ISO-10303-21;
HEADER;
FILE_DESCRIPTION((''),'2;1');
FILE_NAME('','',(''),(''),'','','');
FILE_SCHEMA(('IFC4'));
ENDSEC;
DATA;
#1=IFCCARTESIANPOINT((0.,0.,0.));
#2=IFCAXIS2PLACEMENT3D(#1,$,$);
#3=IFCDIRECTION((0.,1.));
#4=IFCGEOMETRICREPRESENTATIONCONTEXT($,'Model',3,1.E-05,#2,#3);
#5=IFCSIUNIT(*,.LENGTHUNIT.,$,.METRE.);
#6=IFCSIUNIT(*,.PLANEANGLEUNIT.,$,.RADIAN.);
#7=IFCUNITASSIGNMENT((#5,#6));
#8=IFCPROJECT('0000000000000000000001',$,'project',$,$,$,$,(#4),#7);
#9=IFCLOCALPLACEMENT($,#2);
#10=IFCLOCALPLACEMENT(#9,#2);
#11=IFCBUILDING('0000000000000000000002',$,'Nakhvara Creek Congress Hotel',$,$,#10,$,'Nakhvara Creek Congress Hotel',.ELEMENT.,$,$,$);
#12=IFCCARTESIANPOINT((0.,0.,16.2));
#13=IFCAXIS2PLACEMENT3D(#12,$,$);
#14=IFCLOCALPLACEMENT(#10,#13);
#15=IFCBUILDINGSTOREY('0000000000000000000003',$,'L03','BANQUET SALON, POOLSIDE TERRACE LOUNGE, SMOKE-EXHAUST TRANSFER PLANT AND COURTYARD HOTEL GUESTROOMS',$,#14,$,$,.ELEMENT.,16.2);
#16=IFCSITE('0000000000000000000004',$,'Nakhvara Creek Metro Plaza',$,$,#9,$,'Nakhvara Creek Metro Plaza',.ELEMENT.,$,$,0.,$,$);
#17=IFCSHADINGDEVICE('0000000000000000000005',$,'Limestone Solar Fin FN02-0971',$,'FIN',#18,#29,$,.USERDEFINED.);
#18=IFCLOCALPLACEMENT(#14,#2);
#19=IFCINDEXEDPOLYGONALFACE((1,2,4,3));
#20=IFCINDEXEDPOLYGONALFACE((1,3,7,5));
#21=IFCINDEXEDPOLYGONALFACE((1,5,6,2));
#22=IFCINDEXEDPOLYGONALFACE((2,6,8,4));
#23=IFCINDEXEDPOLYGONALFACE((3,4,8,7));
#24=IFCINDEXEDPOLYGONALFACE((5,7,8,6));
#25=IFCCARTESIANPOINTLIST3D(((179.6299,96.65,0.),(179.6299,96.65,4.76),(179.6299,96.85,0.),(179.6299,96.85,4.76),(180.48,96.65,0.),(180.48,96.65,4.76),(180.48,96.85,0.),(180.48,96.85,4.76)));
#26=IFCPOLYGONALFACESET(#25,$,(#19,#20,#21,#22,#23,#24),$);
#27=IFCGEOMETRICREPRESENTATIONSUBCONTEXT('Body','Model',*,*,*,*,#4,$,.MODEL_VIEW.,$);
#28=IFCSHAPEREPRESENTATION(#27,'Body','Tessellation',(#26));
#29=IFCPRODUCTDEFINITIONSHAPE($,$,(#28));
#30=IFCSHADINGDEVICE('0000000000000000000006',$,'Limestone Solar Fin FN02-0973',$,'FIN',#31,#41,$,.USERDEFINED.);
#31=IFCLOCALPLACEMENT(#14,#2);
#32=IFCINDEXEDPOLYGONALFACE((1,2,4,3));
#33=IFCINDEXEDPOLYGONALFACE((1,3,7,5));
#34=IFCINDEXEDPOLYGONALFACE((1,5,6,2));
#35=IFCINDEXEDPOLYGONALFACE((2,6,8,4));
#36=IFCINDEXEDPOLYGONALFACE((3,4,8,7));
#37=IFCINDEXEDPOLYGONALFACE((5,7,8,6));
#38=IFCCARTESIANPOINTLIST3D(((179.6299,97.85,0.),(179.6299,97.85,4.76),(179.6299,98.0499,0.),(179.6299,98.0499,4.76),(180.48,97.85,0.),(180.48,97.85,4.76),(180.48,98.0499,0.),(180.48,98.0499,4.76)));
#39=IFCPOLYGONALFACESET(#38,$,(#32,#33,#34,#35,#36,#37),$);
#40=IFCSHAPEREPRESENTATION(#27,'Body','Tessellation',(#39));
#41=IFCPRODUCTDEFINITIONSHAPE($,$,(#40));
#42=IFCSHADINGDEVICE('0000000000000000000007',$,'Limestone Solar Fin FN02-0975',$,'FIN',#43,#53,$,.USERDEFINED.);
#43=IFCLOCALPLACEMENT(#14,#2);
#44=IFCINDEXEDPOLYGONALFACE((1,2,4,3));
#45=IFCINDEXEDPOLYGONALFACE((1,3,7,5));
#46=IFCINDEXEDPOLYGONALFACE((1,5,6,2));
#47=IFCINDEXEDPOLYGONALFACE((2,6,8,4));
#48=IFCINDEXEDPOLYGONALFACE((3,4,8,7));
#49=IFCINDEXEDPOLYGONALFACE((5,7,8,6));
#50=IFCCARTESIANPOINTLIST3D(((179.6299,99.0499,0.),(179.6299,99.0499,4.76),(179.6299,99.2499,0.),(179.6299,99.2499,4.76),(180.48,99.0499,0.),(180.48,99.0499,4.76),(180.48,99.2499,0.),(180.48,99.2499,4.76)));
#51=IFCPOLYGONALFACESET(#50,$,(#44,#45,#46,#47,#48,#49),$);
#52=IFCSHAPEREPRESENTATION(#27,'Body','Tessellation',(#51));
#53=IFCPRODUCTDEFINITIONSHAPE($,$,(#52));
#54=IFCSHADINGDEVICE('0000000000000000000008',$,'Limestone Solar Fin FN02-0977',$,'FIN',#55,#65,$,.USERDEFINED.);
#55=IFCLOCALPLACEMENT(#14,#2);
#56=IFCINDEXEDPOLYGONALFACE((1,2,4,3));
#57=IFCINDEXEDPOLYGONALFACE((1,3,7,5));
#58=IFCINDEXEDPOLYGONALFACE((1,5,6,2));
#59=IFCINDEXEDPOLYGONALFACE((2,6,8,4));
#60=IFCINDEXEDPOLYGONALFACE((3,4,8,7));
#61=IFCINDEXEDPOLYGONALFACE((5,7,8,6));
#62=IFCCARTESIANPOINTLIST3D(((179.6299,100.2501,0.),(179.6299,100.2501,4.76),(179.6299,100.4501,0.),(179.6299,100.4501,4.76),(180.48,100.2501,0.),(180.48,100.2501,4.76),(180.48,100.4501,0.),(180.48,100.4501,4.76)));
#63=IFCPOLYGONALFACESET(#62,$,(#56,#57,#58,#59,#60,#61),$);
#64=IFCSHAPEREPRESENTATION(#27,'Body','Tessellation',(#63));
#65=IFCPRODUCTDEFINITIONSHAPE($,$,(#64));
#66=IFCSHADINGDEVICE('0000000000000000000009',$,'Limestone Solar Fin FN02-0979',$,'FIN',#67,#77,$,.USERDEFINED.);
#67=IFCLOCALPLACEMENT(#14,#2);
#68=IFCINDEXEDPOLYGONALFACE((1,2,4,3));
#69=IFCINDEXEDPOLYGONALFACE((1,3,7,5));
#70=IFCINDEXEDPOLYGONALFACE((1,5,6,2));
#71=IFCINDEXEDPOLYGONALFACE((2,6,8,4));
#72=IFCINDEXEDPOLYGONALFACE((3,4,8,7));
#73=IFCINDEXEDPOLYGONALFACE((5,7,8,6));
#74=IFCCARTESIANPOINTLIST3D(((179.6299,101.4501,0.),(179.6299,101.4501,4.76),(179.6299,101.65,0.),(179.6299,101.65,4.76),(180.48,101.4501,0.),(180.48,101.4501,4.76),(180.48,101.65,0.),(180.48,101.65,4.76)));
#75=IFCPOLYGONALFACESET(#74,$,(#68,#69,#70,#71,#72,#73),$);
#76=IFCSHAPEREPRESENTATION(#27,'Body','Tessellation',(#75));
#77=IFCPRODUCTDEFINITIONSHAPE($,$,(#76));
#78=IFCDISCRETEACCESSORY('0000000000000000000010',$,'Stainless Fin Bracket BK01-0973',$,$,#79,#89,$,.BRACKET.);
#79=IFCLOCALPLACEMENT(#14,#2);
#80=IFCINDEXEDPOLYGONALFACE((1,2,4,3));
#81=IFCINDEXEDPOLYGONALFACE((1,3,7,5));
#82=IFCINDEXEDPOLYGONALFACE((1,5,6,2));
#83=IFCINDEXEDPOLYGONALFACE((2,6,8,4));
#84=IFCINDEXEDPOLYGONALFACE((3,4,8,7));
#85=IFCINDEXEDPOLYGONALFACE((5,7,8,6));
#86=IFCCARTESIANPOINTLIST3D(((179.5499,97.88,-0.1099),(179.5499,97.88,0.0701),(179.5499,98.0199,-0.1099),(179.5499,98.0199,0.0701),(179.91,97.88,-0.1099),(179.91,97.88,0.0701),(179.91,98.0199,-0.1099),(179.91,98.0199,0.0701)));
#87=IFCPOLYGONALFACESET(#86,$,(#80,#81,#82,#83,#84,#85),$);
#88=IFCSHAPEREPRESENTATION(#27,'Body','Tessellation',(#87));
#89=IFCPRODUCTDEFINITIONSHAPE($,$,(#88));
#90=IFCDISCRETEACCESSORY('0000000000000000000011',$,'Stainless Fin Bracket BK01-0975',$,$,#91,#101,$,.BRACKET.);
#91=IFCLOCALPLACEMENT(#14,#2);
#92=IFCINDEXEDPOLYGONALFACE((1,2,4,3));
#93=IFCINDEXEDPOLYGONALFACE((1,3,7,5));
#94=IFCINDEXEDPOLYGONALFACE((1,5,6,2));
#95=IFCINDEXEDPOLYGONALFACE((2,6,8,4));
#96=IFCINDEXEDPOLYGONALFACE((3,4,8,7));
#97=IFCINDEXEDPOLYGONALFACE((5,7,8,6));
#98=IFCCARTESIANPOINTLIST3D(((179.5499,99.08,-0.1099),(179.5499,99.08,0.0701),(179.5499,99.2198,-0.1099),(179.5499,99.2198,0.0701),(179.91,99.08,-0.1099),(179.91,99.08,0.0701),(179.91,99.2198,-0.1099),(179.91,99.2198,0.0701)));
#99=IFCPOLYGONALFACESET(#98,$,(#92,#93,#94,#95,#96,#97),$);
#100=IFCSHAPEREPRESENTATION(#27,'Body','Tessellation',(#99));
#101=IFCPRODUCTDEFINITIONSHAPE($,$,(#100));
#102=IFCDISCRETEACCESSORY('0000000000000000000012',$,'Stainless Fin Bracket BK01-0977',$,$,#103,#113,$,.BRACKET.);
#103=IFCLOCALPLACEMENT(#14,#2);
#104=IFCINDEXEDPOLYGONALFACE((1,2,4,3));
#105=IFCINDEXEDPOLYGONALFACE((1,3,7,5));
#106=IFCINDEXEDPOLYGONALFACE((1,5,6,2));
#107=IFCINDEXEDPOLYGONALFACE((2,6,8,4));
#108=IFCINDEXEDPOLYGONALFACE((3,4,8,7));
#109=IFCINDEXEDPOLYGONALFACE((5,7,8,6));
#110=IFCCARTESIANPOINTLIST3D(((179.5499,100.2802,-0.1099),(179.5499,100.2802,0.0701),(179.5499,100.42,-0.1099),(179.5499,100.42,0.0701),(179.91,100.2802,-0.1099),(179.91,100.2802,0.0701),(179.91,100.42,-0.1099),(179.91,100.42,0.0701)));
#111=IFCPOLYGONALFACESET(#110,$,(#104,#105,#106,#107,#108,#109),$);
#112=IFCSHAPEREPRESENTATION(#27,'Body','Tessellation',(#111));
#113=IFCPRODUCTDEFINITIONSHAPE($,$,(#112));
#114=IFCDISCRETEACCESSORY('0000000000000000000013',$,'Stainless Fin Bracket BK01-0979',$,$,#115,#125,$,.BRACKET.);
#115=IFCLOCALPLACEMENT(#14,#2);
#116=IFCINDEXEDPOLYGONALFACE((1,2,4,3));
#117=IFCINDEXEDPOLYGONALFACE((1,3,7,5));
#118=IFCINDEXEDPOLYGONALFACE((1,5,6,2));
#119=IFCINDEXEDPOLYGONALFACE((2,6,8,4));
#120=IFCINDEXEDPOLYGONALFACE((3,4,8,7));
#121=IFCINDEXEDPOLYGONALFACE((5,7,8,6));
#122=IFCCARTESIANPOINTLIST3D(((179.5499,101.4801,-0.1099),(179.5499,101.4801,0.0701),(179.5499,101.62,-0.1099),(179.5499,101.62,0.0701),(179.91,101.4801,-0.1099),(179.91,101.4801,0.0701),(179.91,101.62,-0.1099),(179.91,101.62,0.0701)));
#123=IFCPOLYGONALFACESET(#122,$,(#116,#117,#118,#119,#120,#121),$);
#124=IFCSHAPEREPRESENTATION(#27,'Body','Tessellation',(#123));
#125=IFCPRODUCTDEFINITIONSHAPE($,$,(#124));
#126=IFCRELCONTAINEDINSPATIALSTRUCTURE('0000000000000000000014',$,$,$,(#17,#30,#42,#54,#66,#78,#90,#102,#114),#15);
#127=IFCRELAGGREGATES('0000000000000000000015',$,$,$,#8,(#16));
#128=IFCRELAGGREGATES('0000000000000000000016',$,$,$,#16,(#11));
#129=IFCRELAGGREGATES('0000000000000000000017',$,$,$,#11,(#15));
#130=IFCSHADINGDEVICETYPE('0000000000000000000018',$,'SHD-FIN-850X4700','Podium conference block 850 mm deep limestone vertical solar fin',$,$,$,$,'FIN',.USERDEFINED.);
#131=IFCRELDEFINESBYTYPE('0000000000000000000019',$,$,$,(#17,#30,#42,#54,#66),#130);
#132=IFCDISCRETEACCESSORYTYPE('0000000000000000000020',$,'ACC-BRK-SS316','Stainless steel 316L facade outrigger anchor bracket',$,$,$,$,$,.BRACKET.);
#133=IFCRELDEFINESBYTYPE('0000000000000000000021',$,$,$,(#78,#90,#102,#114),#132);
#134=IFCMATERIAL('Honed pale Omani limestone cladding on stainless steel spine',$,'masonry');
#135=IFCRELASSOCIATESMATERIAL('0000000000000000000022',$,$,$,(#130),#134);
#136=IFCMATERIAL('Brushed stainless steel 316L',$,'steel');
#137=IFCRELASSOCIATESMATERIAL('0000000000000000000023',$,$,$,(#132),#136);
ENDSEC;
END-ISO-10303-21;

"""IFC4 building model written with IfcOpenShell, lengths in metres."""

from ifc_helpers import new_model, si_unit, direction, frame, origin, origin_2d, place, context, subcontext, project, spatial, rectangle, extrude, material, type_object, element, save


model = new_model("IFC4")

# Units and contexts
model_context = context("Model", 3, precision=1e-05, world=origin(), true_north=direction((0.0, 1.0)))
body_context = subcontext(model_context, "Body", "Model", "MODEL_VIEW")
ifc_project = project(units=[si_unit("LENGTHUNIT", "METRE"), si_unit("PLANEANGLEUNIT", "RADIAN")], contexts=[model_context])

# Site, building, storey
site_placement = place(None, origin())
site = spatial("IfcSite", under=ifc_project, at=site_placement, Name="Nakhvara Creek Metro Plaza", LongName="Nakhvara Creek Metro Plaza", CompositionType="ELEMENT", RefElevation=0.0)
building_placement = place(site_placement, origin())
building = spatial("IfcBuilding", under=site, at=building_placement, Name="Nakhvara Creek Congress Hotel", LongName="Nakhvara Creek Congress Hotel", CompositionType="ELEMENT")
storey_placement = place(building_placement, frame((0.0, 0.0, 16.2)))
storey = spatial("IfcBuildingStorey", under=building, at=storey_placement, Name="L03", Description="BANQUET SALON, POOLSIDE TERRACE LOUNGE, SMOKE-EXHAUST TRANSFER PLANT AND COURTYARD HOTEL GUESTROOMS", CompositionType="ELEMENT", Elevation=16.2)

# Shading devices
ifc_material_1 = material(Name="Honed pale Omani limestone cladding on stainless steel spine", Category="masonry")
shading_device_type = type_object("IfcShadingDeviceType", Name="SHD-FIN-850X4700", Description="Podium conference block 850 mm deep limestone vertical solar fin", ElementType="FIN", PredefinedType="USERDEFINED", material=ifc_material_1)
for number, where, z_axis, x_axis, name in (
    (1, (180.0549, 96.75, 0.0), (0.0, 0.0, 1.0), (0.0, 1.0, 0.0), "Limestone Solar Fin FN02-0971"),
    (2, (180.0549, 97.95, 0.0), (0.0, 0.0, 1.0), (0.0, 1.0, 0.0), "Limestone Solar Fin FN02-0973"),
    (3, (180.0549, 99.1499, 0.0), (0.0, 0.0, 1.0), (0.0, 1.0, 0.0), "Limestone Solar Fin FN02-0975"),
    (4, (180.0549, 100.3501, 0.0), (0.0, 0.0, 1.0), (0.0, 1.0, 0.0), "Limestone Solar Fin FN02-0977"),
    (5, (180.0549, 101.55, 0.0), (0.0, 0.0, 1.0), (0.0, 1.0, 0.0), "Limestone Solar Fin FN02-0979"),
):
    element("IfcShadingDevice", number, at=place(storey_placement, frame(where, z_axis=z_axis, x_axis=x_axis)), inside=storey, type_object=shading_device_type, Name=name, ObjectType="FIN", PredefinedType="USERDEFINED", context=body_context, shape_type="SweptSolid", body=[
        extrude(rectangle(XDim=0.2, YDim=0.8501, at=origin_2d()), origin(), (0.0, 0.0, 1.0), 4.76),
    ])

# Discrete accessories
ifc_material_2 = material(Name="Brushed stainless steel 316L", Category="steel")
discrete_accessory_type = type_object("IfcDiscreteAccessoryType", Name="ACC-BRK-SS316", Description="Stainless steel 316L facade outrigger anchor bracket", PredefinedType="BRACKET", material=ifc_material_2)
for number, where, z_axis, x_axis, name in (
    (6, (179.73, 97.95, -0.1099), (0.0, 0.0, 1.0), (0.0, 1.0, 0.0), "Stainless Fin Bracket BK01-0973"),
    (7, (179.73, 99.1499, -0.1099), (0.0, 0.0, 1.0), (0.0, 1.0, 0.0), "Stainless Fin Bracket BK01-0975"),
    (8, (179.73, 100.3501, -0.1099), (0.0, 0.0, 1.0), (0.0, 1.0, 0.0), "Stainless Fin Bracket BK01-0977"),
    (9, (179.73, 101.55, -0.1099), (0.0, 0.0, 1.0), (0.0, 1.0, 0.0), "Stainless Fin Bracket BK01-0979"),
):
    element("IfcDiscreteAccessory", number, at=place(storey_placement, frame(where, z_axis=z_axis, x_axis=x_axis)), inside=storey, type_object=discrete_accessory_type, Name=name, PredefinedType="BRACKET", context=body_context, shape_type="SweptSolid", body=[
        extrude(rectangle(XDim=0.1399, YDim=0.3601, at=origin_2d()), origin(), (0.0, 0.0, 1.0), 0.1799),
    ])

save(model, "model.ifc")
